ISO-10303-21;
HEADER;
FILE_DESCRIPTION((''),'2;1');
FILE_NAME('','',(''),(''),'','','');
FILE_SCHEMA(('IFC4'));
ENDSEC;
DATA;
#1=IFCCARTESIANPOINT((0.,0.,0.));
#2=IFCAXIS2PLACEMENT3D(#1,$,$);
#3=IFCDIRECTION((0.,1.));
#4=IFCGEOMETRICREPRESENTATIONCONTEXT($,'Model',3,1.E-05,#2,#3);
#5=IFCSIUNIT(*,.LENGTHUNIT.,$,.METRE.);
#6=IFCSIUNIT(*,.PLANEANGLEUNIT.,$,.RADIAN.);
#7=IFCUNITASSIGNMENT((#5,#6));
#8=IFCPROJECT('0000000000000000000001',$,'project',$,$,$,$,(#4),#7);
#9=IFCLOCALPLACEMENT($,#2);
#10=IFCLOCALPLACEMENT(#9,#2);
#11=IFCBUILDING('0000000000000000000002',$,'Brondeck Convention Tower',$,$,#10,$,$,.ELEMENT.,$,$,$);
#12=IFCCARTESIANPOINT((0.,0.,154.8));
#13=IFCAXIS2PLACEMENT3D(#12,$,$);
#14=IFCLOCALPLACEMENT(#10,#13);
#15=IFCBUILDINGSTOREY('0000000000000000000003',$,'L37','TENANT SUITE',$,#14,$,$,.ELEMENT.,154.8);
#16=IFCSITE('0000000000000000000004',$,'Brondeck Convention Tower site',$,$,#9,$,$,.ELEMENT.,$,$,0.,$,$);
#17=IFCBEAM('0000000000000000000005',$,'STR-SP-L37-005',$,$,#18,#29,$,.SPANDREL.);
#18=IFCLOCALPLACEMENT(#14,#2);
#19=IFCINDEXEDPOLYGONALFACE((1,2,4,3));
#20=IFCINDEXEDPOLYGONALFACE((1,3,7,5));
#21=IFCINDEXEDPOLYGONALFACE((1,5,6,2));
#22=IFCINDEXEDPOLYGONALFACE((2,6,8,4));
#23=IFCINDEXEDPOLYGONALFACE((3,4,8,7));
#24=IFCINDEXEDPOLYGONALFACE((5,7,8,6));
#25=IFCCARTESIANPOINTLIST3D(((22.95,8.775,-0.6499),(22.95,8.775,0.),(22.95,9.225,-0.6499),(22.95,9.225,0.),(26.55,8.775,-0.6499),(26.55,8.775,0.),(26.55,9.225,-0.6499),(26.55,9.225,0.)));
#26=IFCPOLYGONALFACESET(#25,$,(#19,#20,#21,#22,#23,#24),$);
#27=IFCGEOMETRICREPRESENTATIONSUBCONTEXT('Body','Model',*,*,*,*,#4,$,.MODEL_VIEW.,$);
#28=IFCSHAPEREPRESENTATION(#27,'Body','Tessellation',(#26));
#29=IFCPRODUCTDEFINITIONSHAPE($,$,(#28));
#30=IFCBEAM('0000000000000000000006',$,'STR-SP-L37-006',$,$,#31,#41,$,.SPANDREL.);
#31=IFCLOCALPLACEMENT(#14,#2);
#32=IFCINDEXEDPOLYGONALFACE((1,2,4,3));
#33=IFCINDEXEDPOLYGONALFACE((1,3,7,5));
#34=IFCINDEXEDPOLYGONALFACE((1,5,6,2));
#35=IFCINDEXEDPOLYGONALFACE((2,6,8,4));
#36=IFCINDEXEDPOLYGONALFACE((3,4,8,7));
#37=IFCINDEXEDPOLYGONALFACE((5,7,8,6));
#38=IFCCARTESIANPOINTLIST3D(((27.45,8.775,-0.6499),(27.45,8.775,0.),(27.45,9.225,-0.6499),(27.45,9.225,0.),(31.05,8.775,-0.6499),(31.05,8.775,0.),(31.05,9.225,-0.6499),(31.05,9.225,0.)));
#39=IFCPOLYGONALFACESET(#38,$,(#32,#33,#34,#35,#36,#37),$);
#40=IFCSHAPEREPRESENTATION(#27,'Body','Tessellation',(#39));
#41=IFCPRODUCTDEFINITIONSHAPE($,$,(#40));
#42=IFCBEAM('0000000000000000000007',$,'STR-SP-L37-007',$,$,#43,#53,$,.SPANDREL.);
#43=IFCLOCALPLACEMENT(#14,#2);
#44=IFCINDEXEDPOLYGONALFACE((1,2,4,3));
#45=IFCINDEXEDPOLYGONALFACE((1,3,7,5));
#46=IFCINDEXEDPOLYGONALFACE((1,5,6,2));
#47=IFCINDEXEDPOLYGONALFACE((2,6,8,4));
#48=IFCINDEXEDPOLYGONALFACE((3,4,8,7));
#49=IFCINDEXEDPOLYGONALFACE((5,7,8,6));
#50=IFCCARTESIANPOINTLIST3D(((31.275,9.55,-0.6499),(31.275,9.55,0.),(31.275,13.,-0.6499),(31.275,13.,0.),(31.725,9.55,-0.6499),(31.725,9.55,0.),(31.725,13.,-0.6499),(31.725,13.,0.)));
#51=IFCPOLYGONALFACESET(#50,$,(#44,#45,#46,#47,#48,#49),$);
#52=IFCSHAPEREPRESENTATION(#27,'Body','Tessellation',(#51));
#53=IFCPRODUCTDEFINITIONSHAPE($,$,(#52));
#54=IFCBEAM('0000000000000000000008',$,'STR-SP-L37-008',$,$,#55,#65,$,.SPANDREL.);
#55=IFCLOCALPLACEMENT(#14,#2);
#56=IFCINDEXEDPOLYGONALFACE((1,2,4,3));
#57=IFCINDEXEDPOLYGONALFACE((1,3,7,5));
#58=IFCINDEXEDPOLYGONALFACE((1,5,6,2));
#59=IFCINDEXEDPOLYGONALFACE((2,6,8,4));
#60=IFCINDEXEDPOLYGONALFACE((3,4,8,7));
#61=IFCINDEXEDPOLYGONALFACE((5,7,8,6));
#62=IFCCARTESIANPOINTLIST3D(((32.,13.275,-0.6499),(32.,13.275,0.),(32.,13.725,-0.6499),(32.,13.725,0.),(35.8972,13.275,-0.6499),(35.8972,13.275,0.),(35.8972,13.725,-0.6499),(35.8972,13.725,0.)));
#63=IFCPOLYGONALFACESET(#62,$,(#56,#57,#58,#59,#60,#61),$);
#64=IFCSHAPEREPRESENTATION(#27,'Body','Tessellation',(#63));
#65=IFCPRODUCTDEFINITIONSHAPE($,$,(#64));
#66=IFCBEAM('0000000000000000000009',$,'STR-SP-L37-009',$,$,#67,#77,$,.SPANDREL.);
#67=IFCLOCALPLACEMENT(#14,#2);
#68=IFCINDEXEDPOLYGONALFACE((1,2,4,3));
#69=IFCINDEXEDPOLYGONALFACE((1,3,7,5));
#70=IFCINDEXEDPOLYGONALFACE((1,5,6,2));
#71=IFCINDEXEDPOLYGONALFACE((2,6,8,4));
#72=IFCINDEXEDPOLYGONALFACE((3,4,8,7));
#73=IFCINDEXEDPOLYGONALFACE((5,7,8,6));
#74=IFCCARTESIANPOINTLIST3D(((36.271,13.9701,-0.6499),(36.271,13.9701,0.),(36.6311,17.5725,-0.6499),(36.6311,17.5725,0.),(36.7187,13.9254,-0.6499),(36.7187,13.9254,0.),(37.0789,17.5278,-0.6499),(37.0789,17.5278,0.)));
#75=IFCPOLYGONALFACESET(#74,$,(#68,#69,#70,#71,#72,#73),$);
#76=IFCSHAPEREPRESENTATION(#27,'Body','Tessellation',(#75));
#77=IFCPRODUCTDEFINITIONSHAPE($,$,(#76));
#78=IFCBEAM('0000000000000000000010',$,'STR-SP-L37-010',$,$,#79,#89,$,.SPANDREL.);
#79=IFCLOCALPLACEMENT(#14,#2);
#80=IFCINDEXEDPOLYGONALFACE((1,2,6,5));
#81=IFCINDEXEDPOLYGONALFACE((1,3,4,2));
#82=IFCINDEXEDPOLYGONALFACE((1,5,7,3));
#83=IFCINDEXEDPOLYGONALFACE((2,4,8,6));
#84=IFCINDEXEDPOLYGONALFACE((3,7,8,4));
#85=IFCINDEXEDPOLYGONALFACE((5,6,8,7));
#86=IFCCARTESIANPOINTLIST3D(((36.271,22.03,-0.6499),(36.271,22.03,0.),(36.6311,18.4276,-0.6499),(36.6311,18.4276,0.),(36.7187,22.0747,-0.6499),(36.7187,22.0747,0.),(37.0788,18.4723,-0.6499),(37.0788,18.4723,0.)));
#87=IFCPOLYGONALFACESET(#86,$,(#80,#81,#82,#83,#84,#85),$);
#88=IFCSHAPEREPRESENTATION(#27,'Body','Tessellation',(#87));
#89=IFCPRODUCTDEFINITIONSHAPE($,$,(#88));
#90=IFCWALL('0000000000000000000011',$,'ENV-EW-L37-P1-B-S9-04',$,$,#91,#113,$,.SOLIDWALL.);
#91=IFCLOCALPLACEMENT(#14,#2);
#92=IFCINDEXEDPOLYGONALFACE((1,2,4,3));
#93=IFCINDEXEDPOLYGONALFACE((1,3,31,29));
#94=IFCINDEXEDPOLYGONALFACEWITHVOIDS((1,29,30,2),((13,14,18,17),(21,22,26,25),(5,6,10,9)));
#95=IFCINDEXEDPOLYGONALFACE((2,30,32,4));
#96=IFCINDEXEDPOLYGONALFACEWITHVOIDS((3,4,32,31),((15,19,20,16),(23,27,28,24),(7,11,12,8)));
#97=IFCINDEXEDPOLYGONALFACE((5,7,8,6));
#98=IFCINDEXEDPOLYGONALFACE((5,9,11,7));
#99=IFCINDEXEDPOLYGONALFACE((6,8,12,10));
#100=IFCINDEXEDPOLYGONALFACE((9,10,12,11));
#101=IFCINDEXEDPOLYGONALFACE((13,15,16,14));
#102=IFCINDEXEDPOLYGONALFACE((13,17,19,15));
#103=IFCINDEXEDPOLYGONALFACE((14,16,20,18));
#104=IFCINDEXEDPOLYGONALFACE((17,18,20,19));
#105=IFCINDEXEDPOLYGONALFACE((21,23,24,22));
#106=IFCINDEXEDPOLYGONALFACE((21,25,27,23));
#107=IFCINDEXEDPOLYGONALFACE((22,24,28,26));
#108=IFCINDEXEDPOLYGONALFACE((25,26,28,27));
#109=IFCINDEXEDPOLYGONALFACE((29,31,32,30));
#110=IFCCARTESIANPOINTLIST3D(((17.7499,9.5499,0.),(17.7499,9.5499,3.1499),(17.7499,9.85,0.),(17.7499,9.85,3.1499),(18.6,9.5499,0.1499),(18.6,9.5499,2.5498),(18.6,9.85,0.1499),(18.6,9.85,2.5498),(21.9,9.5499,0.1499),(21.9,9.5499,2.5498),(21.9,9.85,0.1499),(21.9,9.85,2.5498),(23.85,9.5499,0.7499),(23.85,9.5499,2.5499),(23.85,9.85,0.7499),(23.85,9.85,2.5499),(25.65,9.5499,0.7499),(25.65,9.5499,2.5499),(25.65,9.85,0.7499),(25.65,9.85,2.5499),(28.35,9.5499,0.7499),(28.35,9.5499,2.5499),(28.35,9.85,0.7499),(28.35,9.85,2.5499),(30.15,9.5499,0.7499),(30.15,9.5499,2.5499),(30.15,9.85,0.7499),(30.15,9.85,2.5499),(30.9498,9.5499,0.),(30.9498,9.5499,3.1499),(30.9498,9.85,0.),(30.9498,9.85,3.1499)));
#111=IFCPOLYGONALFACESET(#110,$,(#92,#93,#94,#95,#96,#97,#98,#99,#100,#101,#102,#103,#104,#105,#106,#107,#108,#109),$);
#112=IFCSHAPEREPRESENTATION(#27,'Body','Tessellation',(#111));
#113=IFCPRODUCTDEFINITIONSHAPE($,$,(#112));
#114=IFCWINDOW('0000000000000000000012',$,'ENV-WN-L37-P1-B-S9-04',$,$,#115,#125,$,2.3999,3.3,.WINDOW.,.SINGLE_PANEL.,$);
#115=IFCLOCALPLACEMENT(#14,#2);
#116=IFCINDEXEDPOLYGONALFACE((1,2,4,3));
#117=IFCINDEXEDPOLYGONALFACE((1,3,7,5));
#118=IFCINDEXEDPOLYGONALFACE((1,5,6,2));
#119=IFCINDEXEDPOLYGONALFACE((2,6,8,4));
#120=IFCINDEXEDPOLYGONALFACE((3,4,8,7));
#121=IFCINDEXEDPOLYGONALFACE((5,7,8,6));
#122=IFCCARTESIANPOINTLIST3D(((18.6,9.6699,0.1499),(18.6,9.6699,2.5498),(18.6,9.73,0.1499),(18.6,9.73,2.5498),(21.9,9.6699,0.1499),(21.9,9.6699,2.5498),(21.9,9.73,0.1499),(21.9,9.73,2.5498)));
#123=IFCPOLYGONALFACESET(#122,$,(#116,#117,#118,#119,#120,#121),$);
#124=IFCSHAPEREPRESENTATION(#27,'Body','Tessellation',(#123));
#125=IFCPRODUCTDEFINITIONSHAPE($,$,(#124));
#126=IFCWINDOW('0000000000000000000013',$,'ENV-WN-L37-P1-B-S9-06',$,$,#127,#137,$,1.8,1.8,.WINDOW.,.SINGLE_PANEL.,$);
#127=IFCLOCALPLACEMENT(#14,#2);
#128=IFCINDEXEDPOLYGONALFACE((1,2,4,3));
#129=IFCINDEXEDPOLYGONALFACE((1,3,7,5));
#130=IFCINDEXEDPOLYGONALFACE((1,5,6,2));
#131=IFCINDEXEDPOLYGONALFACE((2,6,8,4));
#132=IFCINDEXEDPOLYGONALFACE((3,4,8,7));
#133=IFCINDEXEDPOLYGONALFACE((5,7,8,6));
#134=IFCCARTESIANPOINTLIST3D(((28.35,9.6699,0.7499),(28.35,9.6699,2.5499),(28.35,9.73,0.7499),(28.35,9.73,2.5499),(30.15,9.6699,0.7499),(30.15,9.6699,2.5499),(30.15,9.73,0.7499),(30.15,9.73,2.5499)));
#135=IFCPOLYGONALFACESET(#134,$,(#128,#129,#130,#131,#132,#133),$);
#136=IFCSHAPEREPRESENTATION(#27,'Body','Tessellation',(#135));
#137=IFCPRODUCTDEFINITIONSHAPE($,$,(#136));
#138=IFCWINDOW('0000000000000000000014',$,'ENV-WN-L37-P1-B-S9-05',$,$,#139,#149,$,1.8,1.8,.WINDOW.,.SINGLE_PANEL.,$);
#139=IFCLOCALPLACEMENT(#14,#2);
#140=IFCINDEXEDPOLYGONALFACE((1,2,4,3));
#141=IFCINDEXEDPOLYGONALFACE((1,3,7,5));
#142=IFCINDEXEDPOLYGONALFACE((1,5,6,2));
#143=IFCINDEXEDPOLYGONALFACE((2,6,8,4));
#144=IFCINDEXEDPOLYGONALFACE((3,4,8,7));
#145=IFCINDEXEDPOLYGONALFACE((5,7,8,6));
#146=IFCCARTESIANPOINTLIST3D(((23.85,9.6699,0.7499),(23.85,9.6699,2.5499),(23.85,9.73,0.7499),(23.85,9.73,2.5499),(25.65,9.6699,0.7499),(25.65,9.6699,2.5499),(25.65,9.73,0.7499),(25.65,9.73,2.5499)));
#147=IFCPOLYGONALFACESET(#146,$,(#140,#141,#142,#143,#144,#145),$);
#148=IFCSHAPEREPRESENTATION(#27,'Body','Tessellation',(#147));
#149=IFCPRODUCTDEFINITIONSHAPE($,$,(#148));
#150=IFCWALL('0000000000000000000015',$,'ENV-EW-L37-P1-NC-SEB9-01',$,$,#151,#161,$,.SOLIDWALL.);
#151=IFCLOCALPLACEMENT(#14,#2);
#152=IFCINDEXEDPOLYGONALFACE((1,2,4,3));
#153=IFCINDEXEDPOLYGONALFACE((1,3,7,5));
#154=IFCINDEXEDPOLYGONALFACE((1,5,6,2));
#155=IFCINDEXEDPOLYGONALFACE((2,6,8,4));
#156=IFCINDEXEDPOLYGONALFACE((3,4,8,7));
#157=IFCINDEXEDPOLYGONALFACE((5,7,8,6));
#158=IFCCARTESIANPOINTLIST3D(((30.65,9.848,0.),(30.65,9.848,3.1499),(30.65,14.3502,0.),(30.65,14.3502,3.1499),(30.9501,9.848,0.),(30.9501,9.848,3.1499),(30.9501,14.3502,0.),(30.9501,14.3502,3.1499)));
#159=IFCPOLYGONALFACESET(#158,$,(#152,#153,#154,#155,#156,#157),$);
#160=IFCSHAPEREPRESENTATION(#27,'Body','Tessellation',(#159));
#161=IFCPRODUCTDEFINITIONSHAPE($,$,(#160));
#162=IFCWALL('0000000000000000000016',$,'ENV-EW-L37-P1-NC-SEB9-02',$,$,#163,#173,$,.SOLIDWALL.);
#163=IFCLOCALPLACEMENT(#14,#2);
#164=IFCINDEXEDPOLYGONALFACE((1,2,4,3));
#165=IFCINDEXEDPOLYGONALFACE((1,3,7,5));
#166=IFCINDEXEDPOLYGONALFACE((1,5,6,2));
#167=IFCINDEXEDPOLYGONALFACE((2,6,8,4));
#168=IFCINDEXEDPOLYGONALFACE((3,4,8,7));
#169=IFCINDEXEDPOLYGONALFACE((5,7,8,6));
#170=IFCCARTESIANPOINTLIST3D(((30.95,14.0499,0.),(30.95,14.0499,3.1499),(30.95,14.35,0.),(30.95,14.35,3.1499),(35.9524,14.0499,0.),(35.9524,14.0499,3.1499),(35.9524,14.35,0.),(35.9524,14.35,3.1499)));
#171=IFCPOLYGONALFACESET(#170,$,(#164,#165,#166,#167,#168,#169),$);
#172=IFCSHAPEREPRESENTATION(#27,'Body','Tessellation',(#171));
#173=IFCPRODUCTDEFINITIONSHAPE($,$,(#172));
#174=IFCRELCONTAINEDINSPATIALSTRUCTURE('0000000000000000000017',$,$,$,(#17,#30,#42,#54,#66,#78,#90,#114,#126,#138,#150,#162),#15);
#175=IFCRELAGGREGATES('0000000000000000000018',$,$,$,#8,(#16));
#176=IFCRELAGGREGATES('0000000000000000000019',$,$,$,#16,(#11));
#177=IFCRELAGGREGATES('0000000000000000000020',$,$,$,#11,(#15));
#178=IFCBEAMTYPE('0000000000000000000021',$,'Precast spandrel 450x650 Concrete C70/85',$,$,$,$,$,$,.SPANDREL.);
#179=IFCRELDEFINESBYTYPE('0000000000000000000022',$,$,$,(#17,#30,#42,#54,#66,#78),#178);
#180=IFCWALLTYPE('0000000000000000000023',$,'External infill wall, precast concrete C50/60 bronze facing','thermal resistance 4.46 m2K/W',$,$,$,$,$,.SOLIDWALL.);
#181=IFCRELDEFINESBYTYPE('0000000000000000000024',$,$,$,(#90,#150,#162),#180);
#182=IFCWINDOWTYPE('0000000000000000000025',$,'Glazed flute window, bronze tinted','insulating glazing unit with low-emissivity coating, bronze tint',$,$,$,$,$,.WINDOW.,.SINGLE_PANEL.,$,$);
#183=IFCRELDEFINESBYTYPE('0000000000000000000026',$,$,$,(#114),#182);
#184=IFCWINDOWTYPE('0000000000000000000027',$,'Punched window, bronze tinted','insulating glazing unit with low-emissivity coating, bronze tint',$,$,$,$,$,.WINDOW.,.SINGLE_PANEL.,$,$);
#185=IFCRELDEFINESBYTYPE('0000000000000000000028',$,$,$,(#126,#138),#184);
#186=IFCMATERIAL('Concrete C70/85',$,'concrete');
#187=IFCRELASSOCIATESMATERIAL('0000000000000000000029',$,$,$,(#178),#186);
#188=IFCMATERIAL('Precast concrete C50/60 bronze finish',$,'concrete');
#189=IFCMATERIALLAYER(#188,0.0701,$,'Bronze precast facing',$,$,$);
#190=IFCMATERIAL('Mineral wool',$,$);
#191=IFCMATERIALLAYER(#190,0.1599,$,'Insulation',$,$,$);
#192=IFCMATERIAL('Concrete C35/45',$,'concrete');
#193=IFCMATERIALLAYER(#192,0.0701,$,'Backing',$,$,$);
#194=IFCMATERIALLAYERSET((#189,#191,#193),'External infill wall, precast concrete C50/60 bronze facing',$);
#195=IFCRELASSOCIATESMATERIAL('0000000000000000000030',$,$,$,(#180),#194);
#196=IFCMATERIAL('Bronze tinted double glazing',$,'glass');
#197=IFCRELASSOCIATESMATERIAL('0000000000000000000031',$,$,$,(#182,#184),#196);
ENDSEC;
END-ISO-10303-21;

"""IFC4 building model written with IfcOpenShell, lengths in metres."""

from ifc_helpers import new_model, si_unit, direction, frame, frame_2d, origin, origin_2d, place, context, subcontext, project, spatial, rectangle, extrude, material, layer, layer_set, material_profile, profile_set, type_object, element, fill, save


model = new_model("IFC4")

# Units and contexts
model_context = context("Model", 3, precision=1e-05, world=origin(), true_north=direction((0.0, 1.0)))
body_context = subcontext(model_context, "Body", "Model", "MODEL_VIEW")
ifc_project = project(units=[si_unit("LENGTHUNIT", "METRE"), si_unit("PLANEANGLEUNIT", "RADIAN")], contexts=[model_context])

# Site, building, storey
site_placement = place(None, origin())
site = spatial("IfcSite", under=ifc_project, at=site_placement, Name="Brondeck Convention Tower site", CompositionType="ELEMENT", RefElevation=0.0)
building_placement = place(site_placement, origin())
building = spatial("IfcBuilding", under=site, at=building_placement, Name="Brondeck Convention Tower", CompositionType="ELEMENT")
storey_placement = place(building_placement, frame((0.0, 0.0, 154.8)))
storey = spatial("IfcBuildingStorey", under=building, at=storey_placement, Name="L37", Description="TENANT SUITE", CompositionType="ELEMENT", Elevation=154.8)

# Shared definitions
ifc_material_1 = material(Name="Concrete C70/85", Category="concrete")

# Beams
ifc_material_profile_1 = material_profile(ifc_material_1, rectangle(XDim=0.45, YDim=0.6499, at=origin_2d()), Name="Precast spandrel 450x650 Concrete C70/85")
ifc_profile_set_1 = profile_set([ifc_material_profile_1], Name="Concrete C70/85")
beam_type_1 = type_object("IfcBeamType", Name="Precast spandrel 450x650 Concrete C70/85", PredefinedType="SPANDREL", material=ifc_profile_set_1)
for number, where, z_axis, x_axis, name in (
    (1, (22.95, 9.0, -0.325), (1.0, 0.0, 0.0), (0.0, 1.0, 0.0), "STR-SP-L37-005"),
    (2, (27.45, 9.0, -0.325), (1.0, 0.0, 0.0), (0.0, 1.0, 0.0), "STR-SP-L37-006"),
):
    element("IfcBeam", number, at=place(storey_placement, frame(where, z_axis=z_axis, x_axis=x_axis)), inside=storey, type_object=beam_type_1, Name=name, PredefinedType="SPANDREL", context=body_context, shape_type="SweptSolid", body=[
        extrude(rectangle(XDim=0.45, YDim=0.6499, at=origin_2d()), origin(), (0.0, 0.0, 1.0), 3.6001),
    ])
beam_1_placement = place(storey_placement, frame((31.5, 9.55, -0.325), z_axis=(0.0, 1.0, 0.0), x_axis=(-1.0, 0.0, 0.0)))
element("IfcBeam", 3, at=beam_1_placement, inside=storey, type_object=beam_type_1, Name="STR-SP-L37-007", PredefinedType="SPANDREL", context=body_context, shape_type="SweptSolid", body=[
    extrude(rectangle(XDim=0.45, YDim=0.6499, at=origin_2d()), origin(), (0.0, 0.0, 1.0), 3.45),
])
beam_2_placement = place(storey_placement, frame((32.0, 13.5, -0.325), z_axis=(1.0, 0.0, 0.0), x_axis=(0.0, 1.0, 0.0)))
element("IfcBeam", 4, at=beam_2_placement, inside=storey, type_object=beam_type_1, Name="STR-SP-L37-008", PredefinedType="SPANDREL", context=body_context, shape_type="SweptSolid", body=[
    extrude(rectangle(XDim=0.45, YDim=0.6499, at=origin_2d()), origin(), (0.0, 0.0, 1.0), 3.8972),
])
for number, where, z_axis, x_axis, name in (
    (5, (36.4949, 13.9478, -0.325), (0.09947, 0.995041, 0.0), (-0.995041, 0.09947, 0.0), "STR-SP-L37-009"),
    (6, (36.855, 18.45, -0.325), (-0.09947, 0.995041, 0.0), (-0.995041, -0.09947, 0.0), "STR-SP-L37-010"),
):
    element("IfcBeam", number, at=place(storey_placement, frame(where, z_axis=z_axis, x_axis=x_axis)), inside=storey, type_object=beam_type_1, Name=name, PredefinedType="SPANDREL", context=body_context, shape_type="SweptSolid", body=[
        extrude(rectangle(XDim=0.45, YDim=0.6499, at=origin_2d()), origin(), (0.0, 0.0, 1.0), 3.6204),
    ])

# Wall, openings, windows
ifc_material_2 = material(Name="Precast concrete C50/60 bronze finish", Category="concrete")
ifc_layer_1 = layer(ifc_material_2, 0.0701, Name="Bronze precast facing")
ifc_material_3 = material(Name="Mineral wool")
ifc_layer_2 = layer(ifc_material_3, 0.1599, Name="Insulation")
ifc_material_4 = material(Name="Concrete C35/45", Category="concrete")
ifc_layer_3 = layer(ifc_material_4, 0.0701, Name="Backing")
ifc_layer_set_1 = layer_set([ifc_layer_1, ifc_layer_2, ifc_layer_3], Name="External infill wall, precast concrete C50/60 bronze facing")
wall_type_1 = type_object("IfcWallType", Name="External infill wall, precast concrete C50/60 bronze facing", Description="thermal resistance 4.46 m2K/W", PredefinedType="SOLIDWALL", material=ifc_layer_set_1)
wall_1_placement = place(storey_placement, frame((30.95, 9.7, 0.0), z_axis=(0.0, 0.0, 1.0), x_axis=(-1.0, 0.0, 0.0)))
wall_1 = element("IfcWall", 7, at=wall_1_placement, inside=storey, type_object=wall_type_1, Name="ENV-EW-L37-P1-B-S9-04", PredefinedType="SOLIDWALL", context=body_context, shape_type="SweptSolid", body=[
    extrude(rectangle(XDim=13.2, YDim=0.3, at=frame_2d((6.6001, 0.0))), origin(), (0.0, 0.0, 1.0), 3.1499),
])
opening_1_placement = place(wall_1_placement, frame((0.8, 0.0, 0.75)))
opening_1 = element("IfcOpeningElement", 8, at=opening_1_placement, cuts=wall_1, PredefinedType="OPENING", context=body_context, shape_type="SweptSolid", body=[
    extrude(rectangle(XDim=1.8, YDim=1.8, at=frame_2d((0.8999, 0.8999))), frame((0.0, 0.1599, 0.0), z_axis=(0.0, -1.0, 0.0), x_axis=(1.0, 0.0, 0.0)), (0.0, 0.0, 1.0), 0.3201),
])
opening_2_placement = place(wall_1_placement, frame((5.3, 0.0, 0.75)))
opening_2 = element("IfcOpeningElement", 9, at=opening_2_placement, cuts=wall_1, PredefinedType="OPENING", context=body_context, shape_type="SweptSolid", body=[
    extrude(rectangle(XDim=1.8, YDim=1.8, at=frame_2d((0.8999, 0.8999))), frame((0.0, 0.1599, 0.0), z_axis=(0.0, -1.0, 0.0), x_axis=(1.0, 0.0, 0.0)), (0.0, 0.0, 1.0), 0.3201),
])
opening_3_placement = place(wall_1_placement, frame((9.05, 0.0, 0.1499)))
opening_3 = element("IfcOpeningElement", 10, at=opening_3_placement, cuts=wall_1, PredefinedType="OPENING", context=body_context, shape_type="SweptSolid", body=[
    extrude(rectangle(XDim=3.3, YDim=2.3999, at=frame_2d((1.6499, 1.2))), frame((0.0, 0.1599, 0.0), z_axis=(0.0, -1.0, 0.0), x_axis=(1.0, 0.0, 0.0)), (0.0, 0.0, 1.0), 0.3201),
])
ifc_material_5 = material(Name="Bronze tinted double glazing", Category="glass")
window_type_1 = type_object("IfcWindowType", Name="Glazed flute window, bronze tinted", Description="insulating glazing unit with low-emissivity coating, bronze tint", PartitioningType="SINGLE_PANEL", PredefinedType="WINDOW", material=ifc_material_5)
window_1_placement = place(opening_3_placement, origin())
window_1 = element("IfcWindow", 11, at=window_1_placement, inside=storey, type_object=window_type_1, Name="ENV-WN-L37-P1-B-S9-04", OverallHeight=2.3999, OverallWidth=3.3, PartitioningType="SINGLE_PANEL", PredefinedType="WINDOW", context=body_context, shape_type="SweptSolid", body=[
    extrude(rectangle(XDim=3.3, YDim=2.3999, at=frame_2d((1.6499, 1.2))), frame((0.0, 0.03, 0.0), z_axis=(0.0, -1.0, 0.0), x_axis=(1.0, 0.0, 0.0)), (0.0, 0.0, 1.0), 0.0601),
])
fill(opening_3, window_1)
window_type_2 = type_object("IfcWindowType", Name="Punched window, bronze tinted", Description="insulating glazing unit with low-emissivity coating, bronze tint", PartitioningType="SINGLE_PANEL", PredefinedType="WINDOW", material=ifc_material_5)
window_2_placement = place(opening_1_placement, origin())
window_2 = element("IfcWindow", 12, at=window_2_placement, inside=storey, type_object=window_type_2, Name="ENV-WN-L37-P1-B-S9-06", OverallHeight=1.8, OverallWidth=1.8, PartitioningType="SINGLE_PANEL", PredefinedType="WINDOW", context=body_context, shape_type="SweptSolid", body=[
    extrude(rectangle(XDim=1.8, YDim=1.8, at=frame_2d((0.8999, 0.8999))), frame((0.0, 0.03, 0.0), z_axis=(0.0, -1.0, 0.0), x_axis=(1.0, 0.0, 0.0)), (0.0, 0.0, 1.0), 0.0601),
])
fill(opening_1, window_2)
window_3_placement = place(opening_2_placement, origin())
window_3 = element("IfcWindow", 13, at=window_3_placement, inside=storey, type_object=window_type_2, Name="ENV-WN-L37-P1-B-S9-05", OverallHeight=1.8, OverallWidth=1.8, PartitioningType="SINGLE_PANEL", PredefinedType="WINDOW", context=body_context, shape_type="SweptSolid", body=[
    extrude(rectangle(XDim=1.8, YDim=1.8, at=frame_2d((0.8999, 0.8999))), frame((0.0, 0.03, 0.0), z_axis=(0.0, -1.0, 0.0), x_axis=(1.0, 0.0, 0.0)), (0.0, 0.0, 1.0), 0.0601),
])
fill(opening_2, window_3)

# Walls
wall_2_placement = place(storey_placement, frame((30.8, 14.3501, 0.0), z_axis=(0.0, 0.0, 1.0), x_axis=(0.0, -1.0, 0.0)))
element("IfcWall", 14, at=wall_2_placement, inside=storey, type_object=wall_type_1, Name="ENV-EW-L37-P1-NC-SEB9-01", PredefinedType="SOLIDWALL", context=body_context, shape_type="SweptSolid", body=[
    extrude(rectangle(XDim=4.5022, YDim=0.3, at=frame_2d((2.251, 0.0))), origin(), (0.0, 0.0, 1.0), 3.1499),
])
wall_3_placement = place(storey_placement, frame((35.9524, 14.2, 0.0), z_axis=(0.0, 0.0, 1.0), x_axis=(-1.0, 0.0, 0.0)))
element("IfcWall", 15, at=wall_3_placement, inside=storey, type_object=wall_type_1, Name="ENV-EW-L37-P1-NC-SEB9-02", PredefinedType="SOLIDWALL", context=body_context, shape_type="SweptSolid", body=[
    extrude(rectangle(XDim=5.0024, YDim=0.3, at=frame_2d((2.5012, 0.0))), origin(), (0.0, 0.0, 1.0), 3.1499),
])

save(model, "model.ifc")
